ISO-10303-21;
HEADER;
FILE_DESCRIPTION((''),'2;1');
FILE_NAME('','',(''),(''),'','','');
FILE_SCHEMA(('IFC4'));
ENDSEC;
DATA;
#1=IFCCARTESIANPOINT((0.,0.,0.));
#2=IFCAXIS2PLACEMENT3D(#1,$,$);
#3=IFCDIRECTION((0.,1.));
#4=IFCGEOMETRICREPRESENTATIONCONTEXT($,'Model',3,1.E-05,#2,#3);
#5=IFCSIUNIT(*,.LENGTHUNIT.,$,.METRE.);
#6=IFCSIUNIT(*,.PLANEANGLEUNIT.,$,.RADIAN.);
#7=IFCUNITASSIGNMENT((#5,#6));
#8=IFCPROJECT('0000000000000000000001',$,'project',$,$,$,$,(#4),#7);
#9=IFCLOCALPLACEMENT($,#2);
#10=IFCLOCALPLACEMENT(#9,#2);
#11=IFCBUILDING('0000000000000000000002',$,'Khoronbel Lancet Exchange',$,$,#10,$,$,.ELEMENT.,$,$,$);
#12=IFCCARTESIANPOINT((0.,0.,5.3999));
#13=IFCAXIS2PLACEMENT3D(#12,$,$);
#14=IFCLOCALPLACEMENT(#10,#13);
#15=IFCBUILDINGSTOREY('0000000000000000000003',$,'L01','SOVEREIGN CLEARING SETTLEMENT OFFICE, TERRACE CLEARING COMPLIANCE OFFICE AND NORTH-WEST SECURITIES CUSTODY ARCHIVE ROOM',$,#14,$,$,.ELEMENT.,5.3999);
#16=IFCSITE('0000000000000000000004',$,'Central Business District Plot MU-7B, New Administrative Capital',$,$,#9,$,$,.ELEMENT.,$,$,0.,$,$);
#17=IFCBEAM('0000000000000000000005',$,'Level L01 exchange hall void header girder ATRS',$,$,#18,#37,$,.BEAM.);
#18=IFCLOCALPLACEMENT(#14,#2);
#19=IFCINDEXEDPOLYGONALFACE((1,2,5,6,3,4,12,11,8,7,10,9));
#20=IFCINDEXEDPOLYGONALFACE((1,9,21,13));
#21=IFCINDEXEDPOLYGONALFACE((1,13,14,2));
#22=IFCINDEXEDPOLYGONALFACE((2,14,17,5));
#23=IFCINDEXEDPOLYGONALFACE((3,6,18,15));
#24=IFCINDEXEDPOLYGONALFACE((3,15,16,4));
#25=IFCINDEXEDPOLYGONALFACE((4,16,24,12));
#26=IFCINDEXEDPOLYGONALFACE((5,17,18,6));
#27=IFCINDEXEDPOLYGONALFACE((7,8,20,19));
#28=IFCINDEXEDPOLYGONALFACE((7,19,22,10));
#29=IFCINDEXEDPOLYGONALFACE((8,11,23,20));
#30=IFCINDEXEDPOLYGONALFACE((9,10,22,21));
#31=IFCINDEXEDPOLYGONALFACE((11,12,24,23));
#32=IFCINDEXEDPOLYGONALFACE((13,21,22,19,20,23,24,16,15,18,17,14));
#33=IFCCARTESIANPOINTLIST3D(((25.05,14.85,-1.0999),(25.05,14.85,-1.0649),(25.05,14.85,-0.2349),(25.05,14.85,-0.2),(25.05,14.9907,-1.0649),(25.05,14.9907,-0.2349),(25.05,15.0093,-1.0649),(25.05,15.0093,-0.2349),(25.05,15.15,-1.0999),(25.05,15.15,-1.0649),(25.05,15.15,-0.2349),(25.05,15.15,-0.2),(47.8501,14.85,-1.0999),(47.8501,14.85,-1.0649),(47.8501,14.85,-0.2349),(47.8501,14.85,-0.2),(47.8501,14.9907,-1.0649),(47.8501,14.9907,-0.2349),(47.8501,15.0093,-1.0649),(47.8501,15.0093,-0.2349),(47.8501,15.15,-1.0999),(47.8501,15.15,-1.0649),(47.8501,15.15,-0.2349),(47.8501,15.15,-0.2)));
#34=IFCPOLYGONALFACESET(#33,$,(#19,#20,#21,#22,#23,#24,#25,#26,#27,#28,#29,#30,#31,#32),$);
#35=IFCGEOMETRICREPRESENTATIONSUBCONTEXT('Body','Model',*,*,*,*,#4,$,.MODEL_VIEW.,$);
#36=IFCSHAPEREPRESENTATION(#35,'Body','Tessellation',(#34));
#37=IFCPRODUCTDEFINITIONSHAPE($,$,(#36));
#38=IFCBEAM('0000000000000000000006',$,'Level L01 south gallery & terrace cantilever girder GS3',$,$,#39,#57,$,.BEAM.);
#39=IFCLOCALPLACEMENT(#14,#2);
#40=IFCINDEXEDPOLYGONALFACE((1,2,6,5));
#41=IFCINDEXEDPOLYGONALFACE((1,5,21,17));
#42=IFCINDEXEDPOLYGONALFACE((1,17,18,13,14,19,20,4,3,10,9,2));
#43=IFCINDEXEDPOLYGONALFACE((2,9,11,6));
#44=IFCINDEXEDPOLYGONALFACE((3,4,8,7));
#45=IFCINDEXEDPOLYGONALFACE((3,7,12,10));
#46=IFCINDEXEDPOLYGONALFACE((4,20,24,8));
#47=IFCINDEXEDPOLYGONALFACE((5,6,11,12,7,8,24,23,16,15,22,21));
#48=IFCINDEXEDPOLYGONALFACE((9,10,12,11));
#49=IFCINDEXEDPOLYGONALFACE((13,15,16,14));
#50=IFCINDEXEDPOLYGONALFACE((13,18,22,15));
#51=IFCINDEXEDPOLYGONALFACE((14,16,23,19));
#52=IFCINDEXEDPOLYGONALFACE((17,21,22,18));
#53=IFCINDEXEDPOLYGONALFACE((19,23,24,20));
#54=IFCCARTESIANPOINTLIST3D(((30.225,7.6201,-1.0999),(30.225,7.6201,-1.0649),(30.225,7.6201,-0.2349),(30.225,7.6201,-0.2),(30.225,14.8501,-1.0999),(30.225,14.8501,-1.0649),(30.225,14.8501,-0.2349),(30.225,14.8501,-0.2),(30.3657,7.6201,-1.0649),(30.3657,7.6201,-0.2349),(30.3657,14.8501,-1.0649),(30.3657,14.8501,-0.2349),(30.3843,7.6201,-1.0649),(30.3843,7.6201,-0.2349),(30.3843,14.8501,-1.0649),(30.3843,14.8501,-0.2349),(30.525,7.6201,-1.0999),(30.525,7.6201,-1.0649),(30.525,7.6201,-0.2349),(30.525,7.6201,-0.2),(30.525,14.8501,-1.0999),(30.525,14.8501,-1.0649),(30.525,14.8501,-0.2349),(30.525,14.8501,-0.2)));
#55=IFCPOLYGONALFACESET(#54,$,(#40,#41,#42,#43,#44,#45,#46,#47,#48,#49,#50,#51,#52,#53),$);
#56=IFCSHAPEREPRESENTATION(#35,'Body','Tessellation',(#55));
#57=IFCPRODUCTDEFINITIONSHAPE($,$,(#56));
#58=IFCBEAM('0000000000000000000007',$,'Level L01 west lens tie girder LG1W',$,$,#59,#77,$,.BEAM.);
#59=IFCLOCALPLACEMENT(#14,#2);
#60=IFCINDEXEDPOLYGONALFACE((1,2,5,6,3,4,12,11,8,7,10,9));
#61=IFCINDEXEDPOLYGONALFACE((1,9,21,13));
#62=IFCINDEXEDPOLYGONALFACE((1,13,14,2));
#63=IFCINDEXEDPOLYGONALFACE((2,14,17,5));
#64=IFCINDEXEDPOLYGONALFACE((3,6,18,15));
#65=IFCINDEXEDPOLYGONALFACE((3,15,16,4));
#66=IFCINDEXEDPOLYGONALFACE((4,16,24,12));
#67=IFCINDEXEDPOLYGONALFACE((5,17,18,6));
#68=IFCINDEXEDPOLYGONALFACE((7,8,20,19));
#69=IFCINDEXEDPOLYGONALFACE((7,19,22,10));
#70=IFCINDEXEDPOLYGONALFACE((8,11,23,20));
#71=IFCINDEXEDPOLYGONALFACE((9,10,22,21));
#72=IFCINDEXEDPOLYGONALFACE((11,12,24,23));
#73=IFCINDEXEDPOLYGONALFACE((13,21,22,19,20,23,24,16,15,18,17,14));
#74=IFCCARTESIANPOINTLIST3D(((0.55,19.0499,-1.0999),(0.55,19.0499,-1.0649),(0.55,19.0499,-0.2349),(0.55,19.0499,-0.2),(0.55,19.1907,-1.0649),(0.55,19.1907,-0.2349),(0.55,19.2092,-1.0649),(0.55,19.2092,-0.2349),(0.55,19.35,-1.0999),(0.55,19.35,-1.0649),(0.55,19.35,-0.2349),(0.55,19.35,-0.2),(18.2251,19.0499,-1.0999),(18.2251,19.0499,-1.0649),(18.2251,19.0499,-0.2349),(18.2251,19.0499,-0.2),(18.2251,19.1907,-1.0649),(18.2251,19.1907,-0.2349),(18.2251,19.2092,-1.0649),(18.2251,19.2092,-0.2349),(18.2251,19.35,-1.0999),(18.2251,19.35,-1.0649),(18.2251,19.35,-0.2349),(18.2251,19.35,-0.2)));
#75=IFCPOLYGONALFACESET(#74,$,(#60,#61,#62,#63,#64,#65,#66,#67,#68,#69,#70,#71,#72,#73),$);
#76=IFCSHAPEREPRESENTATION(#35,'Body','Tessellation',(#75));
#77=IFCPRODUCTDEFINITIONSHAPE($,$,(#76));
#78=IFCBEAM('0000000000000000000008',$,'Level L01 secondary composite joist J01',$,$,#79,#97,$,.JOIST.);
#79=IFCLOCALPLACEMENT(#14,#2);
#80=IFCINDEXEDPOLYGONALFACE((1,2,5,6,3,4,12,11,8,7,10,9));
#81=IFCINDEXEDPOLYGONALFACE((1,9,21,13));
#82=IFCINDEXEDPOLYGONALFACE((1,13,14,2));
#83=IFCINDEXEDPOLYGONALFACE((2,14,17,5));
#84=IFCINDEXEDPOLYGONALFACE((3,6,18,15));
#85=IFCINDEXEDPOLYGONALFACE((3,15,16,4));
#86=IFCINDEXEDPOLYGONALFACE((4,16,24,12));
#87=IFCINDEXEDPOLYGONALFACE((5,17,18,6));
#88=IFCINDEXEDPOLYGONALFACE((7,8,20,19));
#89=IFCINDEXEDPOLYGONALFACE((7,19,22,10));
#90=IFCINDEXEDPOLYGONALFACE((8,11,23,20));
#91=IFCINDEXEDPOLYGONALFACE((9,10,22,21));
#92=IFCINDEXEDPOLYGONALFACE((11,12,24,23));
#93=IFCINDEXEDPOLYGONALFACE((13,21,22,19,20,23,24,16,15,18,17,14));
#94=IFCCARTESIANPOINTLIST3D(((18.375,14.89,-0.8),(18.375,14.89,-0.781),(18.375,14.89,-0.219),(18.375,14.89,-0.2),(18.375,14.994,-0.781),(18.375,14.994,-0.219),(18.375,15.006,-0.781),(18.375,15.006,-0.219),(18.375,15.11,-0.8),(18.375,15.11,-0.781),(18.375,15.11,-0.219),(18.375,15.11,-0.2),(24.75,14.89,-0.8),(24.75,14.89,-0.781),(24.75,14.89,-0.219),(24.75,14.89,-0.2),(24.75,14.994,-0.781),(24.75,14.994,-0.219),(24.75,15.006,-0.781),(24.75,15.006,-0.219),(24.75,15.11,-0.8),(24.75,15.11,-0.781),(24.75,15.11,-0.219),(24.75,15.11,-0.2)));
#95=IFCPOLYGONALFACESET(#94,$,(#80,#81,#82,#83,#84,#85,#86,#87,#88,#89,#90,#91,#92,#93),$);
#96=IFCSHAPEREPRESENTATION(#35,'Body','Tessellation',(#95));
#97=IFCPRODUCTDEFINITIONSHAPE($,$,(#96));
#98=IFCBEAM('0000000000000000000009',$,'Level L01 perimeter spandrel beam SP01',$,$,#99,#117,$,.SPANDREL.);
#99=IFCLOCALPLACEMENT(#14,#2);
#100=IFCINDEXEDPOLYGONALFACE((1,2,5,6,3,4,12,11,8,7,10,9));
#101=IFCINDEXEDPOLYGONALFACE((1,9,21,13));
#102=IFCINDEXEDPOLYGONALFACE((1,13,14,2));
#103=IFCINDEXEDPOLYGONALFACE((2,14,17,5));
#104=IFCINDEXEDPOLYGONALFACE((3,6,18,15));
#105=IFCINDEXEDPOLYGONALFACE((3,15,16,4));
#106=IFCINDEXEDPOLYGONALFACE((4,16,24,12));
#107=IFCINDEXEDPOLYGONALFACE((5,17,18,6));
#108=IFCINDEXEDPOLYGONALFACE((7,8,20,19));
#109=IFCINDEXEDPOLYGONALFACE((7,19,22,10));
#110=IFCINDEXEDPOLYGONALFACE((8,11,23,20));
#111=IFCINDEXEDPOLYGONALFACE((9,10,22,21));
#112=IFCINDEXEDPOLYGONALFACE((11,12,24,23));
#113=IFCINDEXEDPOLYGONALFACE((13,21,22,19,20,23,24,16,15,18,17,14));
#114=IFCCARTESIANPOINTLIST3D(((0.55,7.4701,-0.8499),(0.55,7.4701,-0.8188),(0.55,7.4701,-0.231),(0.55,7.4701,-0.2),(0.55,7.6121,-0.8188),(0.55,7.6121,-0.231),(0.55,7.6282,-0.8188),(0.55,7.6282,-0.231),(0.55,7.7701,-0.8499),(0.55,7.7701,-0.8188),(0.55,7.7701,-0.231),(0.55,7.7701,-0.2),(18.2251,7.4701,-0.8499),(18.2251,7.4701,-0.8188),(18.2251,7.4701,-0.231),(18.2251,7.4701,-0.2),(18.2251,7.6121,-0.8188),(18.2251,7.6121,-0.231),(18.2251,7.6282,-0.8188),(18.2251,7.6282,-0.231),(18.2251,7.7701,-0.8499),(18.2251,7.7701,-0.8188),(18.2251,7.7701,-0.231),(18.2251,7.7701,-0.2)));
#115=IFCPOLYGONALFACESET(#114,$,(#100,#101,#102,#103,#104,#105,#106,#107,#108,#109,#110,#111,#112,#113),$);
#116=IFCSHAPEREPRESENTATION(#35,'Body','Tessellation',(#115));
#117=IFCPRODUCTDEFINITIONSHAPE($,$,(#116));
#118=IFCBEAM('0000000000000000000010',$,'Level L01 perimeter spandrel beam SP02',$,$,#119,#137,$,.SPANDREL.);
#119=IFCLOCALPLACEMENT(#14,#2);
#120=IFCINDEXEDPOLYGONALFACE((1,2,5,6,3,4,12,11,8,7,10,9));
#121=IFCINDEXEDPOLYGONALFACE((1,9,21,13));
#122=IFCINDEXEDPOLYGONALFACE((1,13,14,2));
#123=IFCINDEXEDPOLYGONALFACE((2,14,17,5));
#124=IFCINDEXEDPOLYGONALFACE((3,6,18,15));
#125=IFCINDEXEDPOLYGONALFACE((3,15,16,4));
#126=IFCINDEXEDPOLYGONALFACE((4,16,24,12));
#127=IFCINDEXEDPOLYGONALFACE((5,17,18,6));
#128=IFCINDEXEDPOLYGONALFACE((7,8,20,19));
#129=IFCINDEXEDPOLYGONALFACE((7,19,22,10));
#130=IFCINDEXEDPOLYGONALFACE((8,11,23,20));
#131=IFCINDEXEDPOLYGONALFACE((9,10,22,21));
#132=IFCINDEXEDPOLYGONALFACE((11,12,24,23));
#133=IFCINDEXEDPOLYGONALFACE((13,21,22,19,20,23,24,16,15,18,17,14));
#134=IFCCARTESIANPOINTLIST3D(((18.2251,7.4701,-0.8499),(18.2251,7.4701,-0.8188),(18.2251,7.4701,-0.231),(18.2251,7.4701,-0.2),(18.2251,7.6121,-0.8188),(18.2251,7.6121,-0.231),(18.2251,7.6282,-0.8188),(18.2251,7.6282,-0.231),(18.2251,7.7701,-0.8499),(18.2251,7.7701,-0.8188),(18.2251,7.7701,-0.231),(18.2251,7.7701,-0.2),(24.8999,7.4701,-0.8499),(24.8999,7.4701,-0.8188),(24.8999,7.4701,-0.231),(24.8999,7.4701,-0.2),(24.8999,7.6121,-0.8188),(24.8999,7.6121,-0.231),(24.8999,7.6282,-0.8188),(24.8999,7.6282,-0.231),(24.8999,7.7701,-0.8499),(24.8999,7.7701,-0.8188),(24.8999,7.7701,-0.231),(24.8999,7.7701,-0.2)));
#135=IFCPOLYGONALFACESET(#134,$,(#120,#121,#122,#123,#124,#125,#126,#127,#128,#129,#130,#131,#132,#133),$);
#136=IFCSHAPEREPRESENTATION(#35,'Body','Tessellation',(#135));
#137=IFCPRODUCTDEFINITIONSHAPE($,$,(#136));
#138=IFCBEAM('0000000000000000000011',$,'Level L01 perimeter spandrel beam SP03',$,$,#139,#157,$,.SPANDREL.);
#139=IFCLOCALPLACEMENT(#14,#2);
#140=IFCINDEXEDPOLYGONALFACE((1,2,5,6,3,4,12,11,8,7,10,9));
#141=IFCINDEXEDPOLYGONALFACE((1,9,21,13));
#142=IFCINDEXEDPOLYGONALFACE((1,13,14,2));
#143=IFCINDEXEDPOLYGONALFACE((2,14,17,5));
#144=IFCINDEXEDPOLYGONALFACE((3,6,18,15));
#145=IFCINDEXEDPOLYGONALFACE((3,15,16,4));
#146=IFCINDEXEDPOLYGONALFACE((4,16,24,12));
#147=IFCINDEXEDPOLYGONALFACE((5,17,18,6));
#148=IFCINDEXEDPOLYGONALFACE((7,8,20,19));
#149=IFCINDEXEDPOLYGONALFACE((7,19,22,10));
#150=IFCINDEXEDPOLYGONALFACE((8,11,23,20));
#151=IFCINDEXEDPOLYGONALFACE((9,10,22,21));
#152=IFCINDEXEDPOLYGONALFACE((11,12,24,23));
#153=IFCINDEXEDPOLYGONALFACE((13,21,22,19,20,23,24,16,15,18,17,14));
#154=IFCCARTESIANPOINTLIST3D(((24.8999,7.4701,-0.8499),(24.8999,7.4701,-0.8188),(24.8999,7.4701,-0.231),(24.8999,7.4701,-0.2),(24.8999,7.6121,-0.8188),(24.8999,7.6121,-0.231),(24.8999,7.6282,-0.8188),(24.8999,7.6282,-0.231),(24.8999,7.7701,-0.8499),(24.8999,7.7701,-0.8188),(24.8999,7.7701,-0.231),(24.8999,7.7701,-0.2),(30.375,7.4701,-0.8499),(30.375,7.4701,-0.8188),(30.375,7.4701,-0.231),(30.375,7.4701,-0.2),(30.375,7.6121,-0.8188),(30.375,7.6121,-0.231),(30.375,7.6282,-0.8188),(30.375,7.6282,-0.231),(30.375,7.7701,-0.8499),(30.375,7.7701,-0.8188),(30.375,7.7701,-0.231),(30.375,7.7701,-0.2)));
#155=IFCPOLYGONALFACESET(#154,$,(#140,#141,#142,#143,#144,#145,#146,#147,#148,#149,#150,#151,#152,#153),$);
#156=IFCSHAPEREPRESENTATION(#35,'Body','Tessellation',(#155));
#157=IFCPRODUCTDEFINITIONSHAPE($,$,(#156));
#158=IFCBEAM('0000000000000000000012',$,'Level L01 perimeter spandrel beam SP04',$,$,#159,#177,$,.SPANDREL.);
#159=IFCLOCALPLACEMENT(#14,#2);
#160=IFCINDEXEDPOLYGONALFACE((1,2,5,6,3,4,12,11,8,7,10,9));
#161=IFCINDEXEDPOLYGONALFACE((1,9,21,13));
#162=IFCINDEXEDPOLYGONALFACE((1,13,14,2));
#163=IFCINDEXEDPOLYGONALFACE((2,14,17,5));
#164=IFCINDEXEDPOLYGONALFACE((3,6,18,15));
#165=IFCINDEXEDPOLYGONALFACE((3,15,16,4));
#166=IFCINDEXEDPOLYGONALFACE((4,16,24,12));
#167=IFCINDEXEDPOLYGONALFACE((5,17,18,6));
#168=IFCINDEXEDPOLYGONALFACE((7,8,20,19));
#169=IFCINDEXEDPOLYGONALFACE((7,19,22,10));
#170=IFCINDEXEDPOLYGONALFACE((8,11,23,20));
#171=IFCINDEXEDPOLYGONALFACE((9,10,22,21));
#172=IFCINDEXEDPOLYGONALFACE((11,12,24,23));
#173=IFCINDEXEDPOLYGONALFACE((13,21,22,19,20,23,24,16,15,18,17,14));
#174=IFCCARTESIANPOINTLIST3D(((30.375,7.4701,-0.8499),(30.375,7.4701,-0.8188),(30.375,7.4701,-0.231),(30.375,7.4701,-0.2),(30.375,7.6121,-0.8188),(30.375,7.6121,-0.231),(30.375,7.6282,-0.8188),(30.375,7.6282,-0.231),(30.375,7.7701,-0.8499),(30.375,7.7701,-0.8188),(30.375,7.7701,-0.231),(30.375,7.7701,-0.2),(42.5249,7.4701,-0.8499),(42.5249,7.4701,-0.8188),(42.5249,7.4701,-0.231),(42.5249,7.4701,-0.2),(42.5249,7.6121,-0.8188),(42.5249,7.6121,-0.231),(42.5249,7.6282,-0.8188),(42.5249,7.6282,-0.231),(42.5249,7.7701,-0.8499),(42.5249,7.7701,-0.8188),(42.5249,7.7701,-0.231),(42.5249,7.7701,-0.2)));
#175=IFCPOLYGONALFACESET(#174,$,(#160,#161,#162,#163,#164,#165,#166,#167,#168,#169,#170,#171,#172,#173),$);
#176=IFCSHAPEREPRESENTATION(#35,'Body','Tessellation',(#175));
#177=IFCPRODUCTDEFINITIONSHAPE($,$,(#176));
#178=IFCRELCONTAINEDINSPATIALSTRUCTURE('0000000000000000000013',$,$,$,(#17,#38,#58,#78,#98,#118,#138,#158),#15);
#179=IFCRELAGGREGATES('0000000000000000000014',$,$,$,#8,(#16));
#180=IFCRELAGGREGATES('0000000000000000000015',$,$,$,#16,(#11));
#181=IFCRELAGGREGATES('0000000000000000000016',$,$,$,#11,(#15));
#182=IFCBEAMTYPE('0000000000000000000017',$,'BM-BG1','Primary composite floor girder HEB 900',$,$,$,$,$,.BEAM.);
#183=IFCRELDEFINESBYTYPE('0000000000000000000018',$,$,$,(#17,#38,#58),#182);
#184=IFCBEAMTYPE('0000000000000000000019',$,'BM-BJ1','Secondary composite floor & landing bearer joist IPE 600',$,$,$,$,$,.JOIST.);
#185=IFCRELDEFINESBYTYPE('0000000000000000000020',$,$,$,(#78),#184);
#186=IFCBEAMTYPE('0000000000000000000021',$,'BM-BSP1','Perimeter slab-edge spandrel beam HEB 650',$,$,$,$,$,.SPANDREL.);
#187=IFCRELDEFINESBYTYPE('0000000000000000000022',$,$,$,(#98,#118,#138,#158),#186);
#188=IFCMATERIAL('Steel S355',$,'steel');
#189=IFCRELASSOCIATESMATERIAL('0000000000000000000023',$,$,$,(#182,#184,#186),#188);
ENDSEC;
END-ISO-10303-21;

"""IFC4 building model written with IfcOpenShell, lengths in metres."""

from ifc_helpers import new_model, si_unit, direction, frame, origin, origin_2d, place, context, subcontext, project, spatial, i_section, extrude, material, material_profile, profile_set, type_object, element, save


model = new_model("IFC4")

# Units and contexts
model_context = context("Model", 3, precision=1e-05, world=origin(), true_north=direction((0.0, 1.0)))
body_context = subcontext(model_context, "Body", "Model", "MODEL_VIEW")
ifc_project = project(units=[si_unit("LENGTHUNIT", "METRE"), si_unit("PLANEANGLEUNIT", "RADIAN")], contexts=[model_context])

# Site, building, storey
site_placement = place(None, origin())
site = spatial("IfcSite", under=ifc_project, at=site_placement, Name="Central Business District Plot MU-7B, New Administrative Capital", CompositionType="ELEMENT", RefElevation=0.0)
building_placement = place(site_placement, origin())
building = spatial("IfcBuilding", under=site, at=building_placement, Name="Khoronbel Lancet Exchange", CompositionType="ELEMENT")
storey_placement = place(building_placement, frame((0.0, 0.0, 5.3999)))
storey = spatial("IfcBuildingStorey", under=building, at=storey_placement, Name="L01", Description="SOVEREIGN CLEARING SETTLEMENT OFFICE, TERRACE CLEARING COMPLIANCE OFFICE AND NORTH-WEST SECURITIES CUSTODY ARCHIVE ROOM", CompositionType="ELEMENT", Elevation=5.3999)

# Shared definitions
ifc_material_1 = material(Name="Steel S355", Category="steel")

# Beams
ifc_material_profile_1 = material_profile(ifc_material_1, i_section(OverallWidth=0.3, OverallDepth=0.8999, WebThickness=0.0186, FlangeThickness=0.0349, at=origin_2d()), Name="HEB 900")
ifc_profile_set_1 = profile_set([ifc_material_profile_1], Name="Steel S355")
beam_type_1 = type_object("IfcBeamType", Name="BM-BG1", Description="Primary composite floor girder HEB 900", PredefinedType="BEAM", material=ifc_profile_set_1)
beam_1_placement = place(storey_placement, frame((25.05, 15.0, -0.6499), z_axis=(1.0, 0.0, 0.0), x_axis=(0.0, 1.0, 0.0)))
element("IfcBeam", 1, at=beam_1_placement, inside=storey, type_object=beam_type_1, Name="Level L01 exchange hall void header girder ATRS", PredefinedType="BEAM", context=body_context, shape_type="SweptSolid", body=[
    extrude(i_section(OverallWidth=0.3, OverallDepth=0.8999, WebThickness=0.0186, FlangeThickness=0.0349, at=origin_2d()), origin(), (0.0, 0.0, 1.0), 22.8),
])
beam_2_placement = place(storey_placement, frame((30.375, 7.6201, -0.6499), z_axis=(0.0, 1.0, 0.0), x_axis=(-1.0, 0.0, 0.0)))
element("IfcBeam", 2, at=beam_2_placement, inside=storey, type_object=beam_type_1, Name="Level L01 south gallery & terrace cantilever girder GS3", PredefinedType="BEAM", context=body_context, shape_type="SweptSolid", body=[
    extrude(i_section(OverallWidth=0.3, OverallDepth=0.8999, WebThickness=0.0186, FlangeThickness=0.0349, at=origin_2d()), origin(), (0.0, 0.0, 1.0), 7.23),
])
beam_3_placement = place(storey_placement, frame((0.55, 19.2, -0.6499), z_axis=(1.0, 0.0, 0.0), x_axis=(0.0, 1.0, 0.0)))
element("IfcBeam", 3, at=beam_3_placement, inside=storey, type_object=beam_type_1, Name="Level L01 west lens tie girder LG1W", PredefinedType="BEAM", context=body_context, shape_type="SweptSolid", body=[
    extrude(i_section(OverallWidth=0.3, OverallDepth=0.8999, WebThickness=0.0186, FlangeThickness=0.0349, at=origin_2d()), origin(), (0.0, 0.0, 1.0), 17.675),
])
ifc_material_profile_2 = material_profile(ifc_material_1, i_section(OverallWidth=0.22, OverallDepth=0.6001, WebThickness=0.012, FlangeThickness=0.019, at=origin_2d()), Name="IPE 600")
ifc_profile_set_2 = profile_set([ifc_material_profile_2], Name="Steel S355")
beam_type_2 = type_object("IfcBeamType", Name="BM-BJ1", Description="Secondary composite floor & landing bearer joist IPE 600", PredefinedType="JOIST", material=ifc_profile_set_2)
beam_4_placement = place(storey_placement, frame((18.375, 15.0, -0.5), z_axis=(1.0, 0.0, 0.0), x_axis=(0.0, 1.0, 0.0)))
element("IfcBeam", 4, at=beam_4_placement, inside=storey, type_object=beam_type_2, Name="Level L01 secondary composite joist J01", PredefinedType="JOIST", context=body_context, shape_type="SweptSolid", body=[
    extrude(i_section(OverallWidth=0.22, OverallDepth=0.6001, WebThickness=0.012, FlangeThickness=0.019, at=origin_2d()), origin(), (0.0, 0.0, 1.0), 6.375),
])
ifc_material_profile_3 = material_profile(ifc_material_1, i_section(OverallWidth=0.3, OverallDepth=0.6499, WebThickness=0.0161, FlangeThickness=0.031, at=origin_2d()), Name="HEB 650")
ifc_profile_set_3 = profile_set([ifc_material_profile_3], Name="Steel S355")
beam_type_3 = type_object("IfcBeamType", Name="BM-BSP1", Description="Perimeter slab-edge spandrel beam HEB 650", PredefinedType="SPANDREL", material=ifc_profile_set_3)
beam_5_placement = place(storey_placement, frame((0.55, 7.6201, -0.5249), z_axis=(1.0, 0.0, 0.0), x_axis=(0.0, 1.0, 0.0)))
element("IfcBeam", 5, at=beam_5_placement, inside=storey, type_object=beam_type_3, Name="Level L01 perimeter spandrel beam SP01", PredefinedType="SPANDREL", context=body_context, shape_type="SweptSolid", body=[
    extrude(i_section(OverallWidth=0.3, OverallDepth=0.6499, WebThickness=0.0161, FlangeThickness=0.031, at=origin_2d()), origin(), (0.0, 0.0, 1.0), 17.675),
])
beam_6_placement = place(storey_placement, frame((18.2251, 7.6201, -0.5249), z_axis=(1.0, 0.0, 0.0), x_axis=(0.0, 1.0, 0.0)))
element("IfcBeam", 6, at=beam_6_placement, inside=storey, type_object=beam_type_3, Name="Level L01 perimeter spandrel beam SP02", PredefinedType="SPANDREL", context=body_context, shape_type="SweptSolid", body=[
    extrude(i_section(OverallWidth=0.3, OverallDepth=0.6499, WebThickness=0.0161, FlangeThickness=0.031, at=origin_2d()), origin(), (0.0, 0.0, 1.0), 6.6748),
])
beam_7_placement = place(storey_placement, frame((24.8999, 7.6201, -0.5249), z_axis=(1.0, 0.0, 0.0), x_axis=(0.0, 1.0, 0.0)))
element("IfcBeam", 7, at=beam_7_placement, inside=storey, type_object=beam_type_3, Name="Level L01 perimeter spandrel beam SP03", PredefinedType="SPANDREL", context=body_context, shape_type="SweptSolid", body=[
    extrude(i_section(OverallWidth=0.3, OverallDepth=0.6499, WebThickness=0.0161, FlangeThickness=0.031, at=origin_2d()), origin(), (0.0, 0.0, 1.0), 5.4751),
])
beam_8_placement = place(storey_placement, frame((30.375, 7.6201, -0.5249), z_axis=(1.0, 0.0, 0.0), x_axis=(0.0, 1.0, 0.0)))
element("IfcBeam", 8, at=beam_8_placement, inside=storey, type_object=beam_type_3, Name="Level L01 perimeter spandrel beam SP04", PredefinedType="SPANDREL", context=body_context, shape_type="SweptSolid", body=[
    extrude(i_section(OverallWidth=0.3, OverallDepth=0.6499, WebThickness=0.0161, FlangeThickness=0.031, at=origin_2d()), origin(), (0.0, 0.0, 1.0), 12.1499),
])

save(model, "model.ifc")
